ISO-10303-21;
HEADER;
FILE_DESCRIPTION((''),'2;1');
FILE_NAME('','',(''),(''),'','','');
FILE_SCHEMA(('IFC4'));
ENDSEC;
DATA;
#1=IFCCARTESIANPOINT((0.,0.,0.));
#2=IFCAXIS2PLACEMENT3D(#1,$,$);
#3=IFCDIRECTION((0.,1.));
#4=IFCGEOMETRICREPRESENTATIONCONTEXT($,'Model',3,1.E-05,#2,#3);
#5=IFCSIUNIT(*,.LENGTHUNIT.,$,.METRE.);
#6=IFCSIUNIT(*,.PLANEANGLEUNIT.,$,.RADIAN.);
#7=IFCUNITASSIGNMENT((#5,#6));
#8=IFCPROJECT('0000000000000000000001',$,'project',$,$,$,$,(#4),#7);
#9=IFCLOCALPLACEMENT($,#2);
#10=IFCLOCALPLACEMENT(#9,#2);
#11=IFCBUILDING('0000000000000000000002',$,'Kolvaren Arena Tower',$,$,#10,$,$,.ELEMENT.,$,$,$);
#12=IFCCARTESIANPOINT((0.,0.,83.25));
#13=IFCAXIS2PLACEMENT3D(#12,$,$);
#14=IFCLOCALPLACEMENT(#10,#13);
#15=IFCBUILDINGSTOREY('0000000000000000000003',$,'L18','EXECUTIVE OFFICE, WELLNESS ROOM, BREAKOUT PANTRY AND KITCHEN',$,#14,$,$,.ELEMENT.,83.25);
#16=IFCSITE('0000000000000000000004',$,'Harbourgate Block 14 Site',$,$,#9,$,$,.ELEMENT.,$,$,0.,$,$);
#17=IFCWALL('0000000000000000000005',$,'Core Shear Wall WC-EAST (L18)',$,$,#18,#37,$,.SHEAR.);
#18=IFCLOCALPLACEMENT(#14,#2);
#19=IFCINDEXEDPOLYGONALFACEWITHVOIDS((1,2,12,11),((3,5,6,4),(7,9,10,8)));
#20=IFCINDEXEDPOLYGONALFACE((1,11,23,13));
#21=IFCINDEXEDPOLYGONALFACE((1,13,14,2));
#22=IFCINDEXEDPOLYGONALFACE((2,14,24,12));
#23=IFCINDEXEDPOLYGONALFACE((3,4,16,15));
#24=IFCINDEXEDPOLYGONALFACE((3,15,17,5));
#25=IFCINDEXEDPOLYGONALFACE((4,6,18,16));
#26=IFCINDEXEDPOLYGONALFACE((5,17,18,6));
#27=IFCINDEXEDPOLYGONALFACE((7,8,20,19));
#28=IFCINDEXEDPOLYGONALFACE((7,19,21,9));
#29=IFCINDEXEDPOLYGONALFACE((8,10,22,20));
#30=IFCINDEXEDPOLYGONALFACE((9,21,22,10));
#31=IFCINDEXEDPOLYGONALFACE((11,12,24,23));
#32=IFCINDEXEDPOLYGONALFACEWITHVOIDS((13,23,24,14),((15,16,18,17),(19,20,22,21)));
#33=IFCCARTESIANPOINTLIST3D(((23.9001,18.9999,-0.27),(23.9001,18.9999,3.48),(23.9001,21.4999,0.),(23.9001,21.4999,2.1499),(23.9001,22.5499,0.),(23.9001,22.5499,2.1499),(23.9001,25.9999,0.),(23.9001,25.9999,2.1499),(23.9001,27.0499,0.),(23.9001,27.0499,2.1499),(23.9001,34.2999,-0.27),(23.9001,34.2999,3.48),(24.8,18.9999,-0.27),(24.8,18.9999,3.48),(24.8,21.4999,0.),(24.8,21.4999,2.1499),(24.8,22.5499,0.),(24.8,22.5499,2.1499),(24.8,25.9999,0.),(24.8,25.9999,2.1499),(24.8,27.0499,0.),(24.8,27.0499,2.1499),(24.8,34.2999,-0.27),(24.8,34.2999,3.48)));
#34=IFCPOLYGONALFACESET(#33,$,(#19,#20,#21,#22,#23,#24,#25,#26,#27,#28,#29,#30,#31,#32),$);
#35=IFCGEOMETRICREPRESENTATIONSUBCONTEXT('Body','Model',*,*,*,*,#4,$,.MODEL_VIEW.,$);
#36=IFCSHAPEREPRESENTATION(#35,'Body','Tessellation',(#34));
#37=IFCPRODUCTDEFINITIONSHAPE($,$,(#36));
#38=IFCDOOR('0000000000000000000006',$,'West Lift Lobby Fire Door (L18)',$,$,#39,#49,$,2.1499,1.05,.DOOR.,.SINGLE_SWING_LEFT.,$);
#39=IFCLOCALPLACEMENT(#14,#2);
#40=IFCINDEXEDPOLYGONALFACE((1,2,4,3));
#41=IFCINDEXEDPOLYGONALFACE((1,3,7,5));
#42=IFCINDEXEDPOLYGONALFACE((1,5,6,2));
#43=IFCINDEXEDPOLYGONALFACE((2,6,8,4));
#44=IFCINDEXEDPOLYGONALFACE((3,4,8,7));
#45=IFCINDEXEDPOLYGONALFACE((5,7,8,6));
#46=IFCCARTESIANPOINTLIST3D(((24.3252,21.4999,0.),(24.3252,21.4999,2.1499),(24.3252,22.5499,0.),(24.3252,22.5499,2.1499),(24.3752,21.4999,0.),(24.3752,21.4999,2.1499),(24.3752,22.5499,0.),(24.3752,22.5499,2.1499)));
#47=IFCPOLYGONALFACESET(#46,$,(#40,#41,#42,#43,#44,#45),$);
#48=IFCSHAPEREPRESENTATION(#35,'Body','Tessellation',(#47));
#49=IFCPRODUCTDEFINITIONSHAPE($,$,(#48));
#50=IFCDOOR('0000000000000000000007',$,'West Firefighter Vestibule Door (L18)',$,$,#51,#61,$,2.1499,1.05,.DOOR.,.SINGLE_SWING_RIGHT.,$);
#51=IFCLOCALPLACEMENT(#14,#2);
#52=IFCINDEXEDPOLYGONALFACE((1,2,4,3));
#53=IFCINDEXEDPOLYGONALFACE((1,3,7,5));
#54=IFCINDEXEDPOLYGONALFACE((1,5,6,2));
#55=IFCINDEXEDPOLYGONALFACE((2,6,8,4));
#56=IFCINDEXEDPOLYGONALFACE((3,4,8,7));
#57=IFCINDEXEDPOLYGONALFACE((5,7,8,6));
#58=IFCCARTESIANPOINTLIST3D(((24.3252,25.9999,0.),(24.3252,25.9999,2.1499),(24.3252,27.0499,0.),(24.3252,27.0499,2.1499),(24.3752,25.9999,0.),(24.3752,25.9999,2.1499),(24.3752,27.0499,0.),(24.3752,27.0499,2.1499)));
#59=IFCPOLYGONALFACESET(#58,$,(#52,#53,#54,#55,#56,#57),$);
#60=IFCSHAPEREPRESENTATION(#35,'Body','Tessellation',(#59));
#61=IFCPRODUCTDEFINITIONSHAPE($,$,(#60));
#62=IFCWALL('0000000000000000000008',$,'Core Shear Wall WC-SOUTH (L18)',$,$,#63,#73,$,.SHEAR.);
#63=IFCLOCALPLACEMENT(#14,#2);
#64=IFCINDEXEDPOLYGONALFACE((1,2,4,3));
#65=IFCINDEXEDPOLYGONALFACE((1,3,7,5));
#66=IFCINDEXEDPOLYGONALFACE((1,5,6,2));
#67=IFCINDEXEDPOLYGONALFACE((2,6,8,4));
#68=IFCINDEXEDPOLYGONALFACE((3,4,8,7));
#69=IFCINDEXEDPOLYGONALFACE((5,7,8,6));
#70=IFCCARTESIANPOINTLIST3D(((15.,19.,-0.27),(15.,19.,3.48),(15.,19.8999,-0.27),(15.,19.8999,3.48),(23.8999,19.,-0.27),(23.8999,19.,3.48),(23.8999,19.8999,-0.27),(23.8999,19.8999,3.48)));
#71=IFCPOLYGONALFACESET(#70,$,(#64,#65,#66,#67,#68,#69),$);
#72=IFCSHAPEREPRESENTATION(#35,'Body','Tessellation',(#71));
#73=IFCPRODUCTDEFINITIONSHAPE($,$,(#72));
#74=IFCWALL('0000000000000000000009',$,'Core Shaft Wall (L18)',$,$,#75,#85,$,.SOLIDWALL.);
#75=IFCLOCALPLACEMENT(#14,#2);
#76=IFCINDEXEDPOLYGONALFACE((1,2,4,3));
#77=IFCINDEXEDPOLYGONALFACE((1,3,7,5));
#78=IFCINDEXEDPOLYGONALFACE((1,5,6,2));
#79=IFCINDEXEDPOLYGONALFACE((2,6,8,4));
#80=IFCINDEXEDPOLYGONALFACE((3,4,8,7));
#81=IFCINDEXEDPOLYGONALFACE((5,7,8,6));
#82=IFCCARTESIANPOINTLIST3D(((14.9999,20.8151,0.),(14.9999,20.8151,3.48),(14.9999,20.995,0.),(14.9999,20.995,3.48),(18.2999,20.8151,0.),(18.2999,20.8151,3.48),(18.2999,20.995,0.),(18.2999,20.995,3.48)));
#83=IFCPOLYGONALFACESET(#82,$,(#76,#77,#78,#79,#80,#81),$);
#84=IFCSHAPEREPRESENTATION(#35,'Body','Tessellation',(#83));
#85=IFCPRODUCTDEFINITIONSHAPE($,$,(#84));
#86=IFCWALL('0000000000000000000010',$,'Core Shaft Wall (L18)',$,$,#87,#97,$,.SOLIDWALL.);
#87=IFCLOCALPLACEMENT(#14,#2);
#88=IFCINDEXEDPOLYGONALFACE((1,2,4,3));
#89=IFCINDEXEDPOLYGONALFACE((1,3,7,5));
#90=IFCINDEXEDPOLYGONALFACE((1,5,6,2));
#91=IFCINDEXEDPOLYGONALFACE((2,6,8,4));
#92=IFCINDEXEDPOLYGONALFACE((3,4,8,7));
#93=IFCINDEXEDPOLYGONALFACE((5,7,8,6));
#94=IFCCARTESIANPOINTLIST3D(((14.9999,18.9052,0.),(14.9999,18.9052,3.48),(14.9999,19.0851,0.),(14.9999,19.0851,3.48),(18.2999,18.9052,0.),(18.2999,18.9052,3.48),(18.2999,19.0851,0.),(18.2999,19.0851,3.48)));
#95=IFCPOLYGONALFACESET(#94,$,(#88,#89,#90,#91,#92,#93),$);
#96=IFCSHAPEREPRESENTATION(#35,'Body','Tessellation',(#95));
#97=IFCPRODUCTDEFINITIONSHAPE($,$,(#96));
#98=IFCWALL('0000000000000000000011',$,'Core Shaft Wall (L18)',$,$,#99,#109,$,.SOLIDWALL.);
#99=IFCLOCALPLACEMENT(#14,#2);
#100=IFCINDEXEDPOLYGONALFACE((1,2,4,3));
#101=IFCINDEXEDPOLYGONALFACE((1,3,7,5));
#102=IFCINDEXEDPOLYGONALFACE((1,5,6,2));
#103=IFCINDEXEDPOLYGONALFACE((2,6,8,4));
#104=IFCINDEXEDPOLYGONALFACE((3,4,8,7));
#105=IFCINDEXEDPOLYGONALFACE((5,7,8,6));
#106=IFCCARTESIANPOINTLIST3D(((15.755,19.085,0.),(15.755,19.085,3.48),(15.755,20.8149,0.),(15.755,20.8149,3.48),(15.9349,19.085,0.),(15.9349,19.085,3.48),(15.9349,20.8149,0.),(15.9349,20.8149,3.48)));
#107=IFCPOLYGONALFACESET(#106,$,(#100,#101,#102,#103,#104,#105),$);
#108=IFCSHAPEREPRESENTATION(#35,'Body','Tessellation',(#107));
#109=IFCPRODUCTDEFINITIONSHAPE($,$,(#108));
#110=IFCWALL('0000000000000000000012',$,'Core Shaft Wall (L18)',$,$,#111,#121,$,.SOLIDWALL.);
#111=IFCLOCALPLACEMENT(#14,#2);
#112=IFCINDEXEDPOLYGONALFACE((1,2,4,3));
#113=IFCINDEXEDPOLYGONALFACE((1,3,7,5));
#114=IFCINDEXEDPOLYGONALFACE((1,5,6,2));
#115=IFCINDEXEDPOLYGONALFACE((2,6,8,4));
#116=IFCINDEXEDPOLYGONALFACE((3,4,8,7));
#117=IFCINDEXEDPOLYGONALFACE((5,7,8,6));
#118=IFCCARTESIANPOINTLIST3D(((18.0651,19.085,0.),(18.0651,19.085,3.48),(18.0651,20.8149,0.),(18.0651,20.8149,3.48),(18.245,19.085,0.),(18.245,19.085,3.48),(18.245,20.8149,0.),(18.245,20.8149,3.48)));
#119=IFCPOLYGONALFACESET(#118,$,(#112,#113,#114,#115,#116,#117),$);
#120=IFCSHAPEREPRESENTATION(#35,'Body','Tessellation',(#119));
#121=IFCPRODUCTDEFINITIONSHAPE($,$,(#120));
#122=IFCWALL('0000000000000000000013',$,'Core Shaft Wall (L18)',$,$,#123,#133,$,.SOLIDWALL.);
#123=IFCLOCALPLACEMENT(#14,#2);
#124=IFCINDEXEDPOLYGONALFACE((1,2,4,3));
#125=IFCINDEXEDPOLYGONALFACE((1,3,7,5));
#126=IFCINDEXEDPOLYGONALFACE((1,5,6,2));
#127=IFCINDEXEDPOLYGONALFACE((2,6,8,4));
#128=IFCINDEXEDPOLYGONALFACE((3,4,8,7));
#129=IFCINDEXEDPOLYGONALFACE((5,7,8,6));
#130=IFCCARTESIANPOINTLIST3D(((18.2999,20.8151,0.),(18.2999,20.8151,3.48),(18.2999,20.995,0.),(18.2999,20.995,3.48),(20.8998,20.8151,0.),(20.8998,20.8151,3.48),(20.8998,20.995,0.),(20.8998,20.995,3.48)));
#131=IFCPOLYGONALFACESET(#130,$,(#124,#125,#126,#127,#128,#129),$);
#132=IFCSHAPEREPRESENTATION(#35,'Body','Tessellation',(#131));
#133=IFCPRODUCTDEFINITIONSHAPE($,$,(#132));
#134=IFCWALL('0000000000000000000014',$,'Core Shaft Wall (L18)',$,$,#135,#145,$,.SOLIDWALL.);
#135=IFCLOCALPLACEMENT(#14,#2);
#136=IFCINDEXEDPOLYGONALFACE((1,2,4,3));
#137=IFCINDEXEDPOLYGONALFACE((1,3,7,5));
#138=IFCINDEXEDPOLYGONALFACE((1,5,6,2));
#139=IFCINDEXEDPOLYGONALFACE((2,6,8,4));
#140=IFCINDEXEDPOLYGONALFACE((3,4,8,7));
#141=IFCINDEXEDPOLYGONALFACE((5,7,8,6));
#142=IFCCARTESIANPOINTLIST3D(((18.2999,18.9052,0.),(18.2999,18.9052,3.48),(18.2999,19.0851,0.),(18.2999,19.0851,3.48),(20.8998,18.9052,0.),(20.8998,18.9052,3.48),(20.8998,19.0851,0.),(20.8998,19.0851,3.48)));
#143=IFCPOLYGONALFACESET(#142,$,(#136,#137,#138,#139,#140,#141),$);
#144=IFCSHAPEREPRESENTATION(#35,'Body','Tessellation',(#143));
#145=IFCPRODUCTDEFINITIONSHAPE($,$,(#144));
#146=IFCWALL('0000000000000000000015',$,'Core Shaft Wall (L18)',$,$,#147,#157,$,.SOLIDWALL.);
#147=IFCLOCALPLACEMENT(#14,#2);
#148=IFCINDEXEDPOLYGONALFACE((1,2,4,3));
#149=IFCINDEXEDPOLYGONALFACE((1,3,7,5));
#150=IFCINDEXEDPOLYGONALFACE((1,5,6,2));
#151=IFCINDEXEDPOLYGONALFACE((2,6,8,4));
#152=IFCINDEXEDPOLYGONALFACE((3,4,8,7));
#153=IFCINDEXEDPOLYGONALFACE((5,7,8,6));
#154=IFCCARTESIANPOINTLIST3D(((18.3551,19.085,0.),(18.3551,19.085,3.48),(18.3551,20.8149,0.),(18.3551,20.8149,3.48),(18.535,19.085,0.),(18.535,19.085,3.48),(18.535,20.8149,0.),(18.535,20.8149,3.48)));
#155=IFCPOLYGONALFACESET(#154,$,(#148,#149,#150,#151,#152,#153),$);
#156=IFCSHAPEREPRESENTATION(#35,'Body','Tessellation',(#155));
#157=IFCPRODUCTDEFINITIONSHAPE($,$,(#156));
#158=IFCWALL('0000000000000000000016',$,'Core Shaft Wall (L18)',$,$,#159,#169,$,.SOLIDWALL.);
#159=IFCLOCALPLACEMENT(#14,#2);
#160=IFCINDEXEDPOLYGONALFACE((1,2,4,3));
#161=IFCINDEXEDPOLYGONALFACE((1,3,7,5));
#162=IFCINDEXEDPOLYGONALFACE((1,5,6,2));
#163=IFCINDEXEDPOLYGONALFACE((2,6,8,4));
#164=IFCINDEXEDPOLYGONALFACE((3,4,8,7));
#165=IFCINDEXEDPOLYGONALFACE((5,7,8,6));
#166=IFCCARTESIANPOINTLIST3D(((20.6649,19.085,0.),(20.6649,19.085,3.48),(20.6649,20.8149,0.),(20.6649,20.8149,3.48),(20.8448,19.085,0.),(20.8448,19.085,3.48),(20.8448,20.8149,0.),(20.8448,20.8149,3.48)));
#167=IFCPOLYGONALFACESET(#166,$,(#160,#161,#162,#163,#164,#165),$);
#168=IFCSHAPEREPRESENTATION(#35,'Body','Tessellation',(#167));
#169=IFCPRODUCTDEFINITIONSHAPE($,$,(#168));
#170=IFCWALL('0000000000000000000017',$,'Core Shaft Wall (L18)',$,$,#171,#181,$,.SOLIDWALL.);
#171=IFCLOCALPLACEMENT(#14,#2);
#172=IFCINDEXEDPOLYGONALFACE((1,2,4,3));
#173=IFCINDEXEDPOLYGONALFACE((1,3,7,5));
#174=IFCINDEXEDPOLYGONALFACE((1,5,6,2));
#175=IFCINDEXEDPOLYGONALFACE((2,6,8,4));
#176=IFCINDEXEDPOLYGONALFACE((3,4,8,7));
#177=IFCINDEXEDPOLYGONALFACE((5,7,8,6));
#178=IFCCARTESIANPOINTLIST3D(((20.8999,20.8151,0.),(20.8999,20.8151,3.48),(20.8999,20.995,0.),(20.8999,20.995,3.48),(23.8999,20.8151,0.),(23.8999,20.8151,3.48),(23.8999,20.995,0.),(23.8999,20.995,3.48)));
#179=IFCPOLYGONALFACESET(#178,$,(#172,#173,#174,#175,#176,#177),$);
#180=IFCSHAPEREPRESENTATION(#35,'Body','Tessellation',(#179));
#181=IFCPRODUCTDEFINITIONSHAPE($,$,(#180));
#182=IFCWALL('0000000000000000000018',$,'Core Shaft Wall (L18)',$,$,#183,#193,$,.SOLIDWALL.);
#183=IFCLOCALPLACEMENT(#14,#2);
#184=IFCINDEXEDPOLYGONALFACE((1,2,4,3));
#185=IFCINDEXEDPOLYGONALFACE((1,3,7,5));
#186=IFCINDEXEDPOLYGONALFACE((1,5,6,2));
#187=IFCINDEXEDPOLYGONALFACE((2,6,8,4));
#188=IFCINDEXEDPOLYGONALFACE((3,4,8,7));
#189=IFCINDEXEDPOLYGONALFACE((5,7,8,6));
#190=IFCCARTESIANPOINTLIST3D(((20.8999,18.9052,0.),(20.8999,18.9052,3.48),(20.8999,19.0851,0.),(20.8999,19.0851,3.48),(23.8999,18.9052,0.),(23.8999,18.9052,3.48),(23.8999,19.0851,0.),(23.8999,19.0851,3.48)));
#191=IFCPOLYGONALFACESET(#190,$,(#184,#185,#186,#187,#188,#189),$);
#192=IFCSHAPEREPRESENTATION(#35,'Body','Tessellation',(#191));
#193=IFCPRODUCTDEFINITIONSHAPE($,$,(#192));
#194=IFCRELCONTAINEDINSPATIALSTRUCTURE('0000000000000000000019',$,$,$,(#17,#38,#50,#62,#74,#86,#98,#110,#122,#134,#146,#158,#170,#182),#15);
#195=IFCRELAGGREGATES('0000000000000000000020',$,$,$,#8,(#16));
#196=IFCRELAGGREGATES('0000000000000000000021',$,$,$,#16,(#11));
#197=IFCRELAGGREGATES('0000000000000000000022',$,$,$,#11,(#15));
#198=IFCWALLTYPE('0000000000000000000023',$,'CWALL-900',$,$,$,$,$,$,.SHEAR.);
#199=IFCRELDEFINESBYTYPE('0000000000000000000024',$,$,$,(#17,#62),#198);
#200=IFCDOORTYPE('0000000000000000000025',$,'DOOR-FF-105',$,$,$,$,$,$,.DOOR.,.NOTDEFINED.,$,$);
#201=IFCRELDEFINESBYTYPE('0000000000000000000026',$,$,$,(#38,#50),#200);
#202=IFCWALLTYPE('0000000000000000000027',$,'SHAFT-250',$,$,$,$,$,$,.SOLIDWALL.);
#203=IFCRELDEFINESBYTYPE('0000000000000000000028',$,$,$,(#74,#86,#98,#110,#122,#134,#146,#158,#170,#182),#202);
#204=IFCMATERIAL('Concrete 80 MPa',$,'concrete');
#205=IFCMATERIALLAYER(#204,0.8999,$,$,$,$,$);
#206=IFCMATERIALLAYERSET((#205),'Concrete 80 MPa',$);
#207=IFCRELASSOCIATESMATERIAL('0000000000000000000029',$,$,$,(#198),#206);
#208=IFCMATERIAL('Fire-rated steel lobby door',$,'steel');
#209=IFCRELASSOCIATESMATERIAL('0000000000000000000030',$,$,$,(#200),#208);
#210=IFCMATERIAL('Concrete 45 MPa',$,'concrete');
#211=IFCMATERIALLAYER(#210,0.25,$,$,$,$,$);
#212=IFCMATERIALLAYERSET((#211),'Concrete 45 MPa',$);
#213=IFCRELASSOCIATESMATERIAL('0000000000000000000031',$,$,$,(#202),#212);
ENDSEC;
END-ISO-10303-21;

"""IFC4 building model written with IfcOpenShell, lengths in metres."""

from ifc_helpers import new_model, si_unit, direction, frame, frame_2d, origin, place, context, subcontext, project, spatial, rectangle, extrude, material, layer, layer_set, type_object, element, fill, save


model = new_model("IFC4")

# Units and contexts
model_context = context("Model", 3, precision=1e-05, world=origin(), true_north=direction((0.0, 1.0)))
body_context = subcontext(model_context, "Body", "Model", "MODEL_VIEW")
ifc_project = project(units=[si_unit("LENGTHUNIT", "METRE"), si_unit("PLANEANGLEUNIT", "RADIAN")], contexts=[model_context])

# Site, building, storey
site_placement = place(None, origin())
site = spatial("IfcSite", under=ifc_project, at=site_placement, Name="Harbourgate Block 14 Site", CompositionType="ELEMENT", RefElevation=0.0)
building_placement = place(site_placement, origin())
building = spatial("IfcBuilding", under=site, at=building_placement, Name="Kolvaren Arena Tower", CompositionType="ELEMENT")
storey_placement = place(building_placement, frame((0.0, 0.0, 83.25)))
storey = spatial("IfcBuildingStorey", under=building, at=storey_placement, Name="L18", Description="EXECUTIVE OFFICE, WELLNESS ROOM, BREAKOUT PANTRY AND KITCHEN", CompositionType="ELEMENT", Elevation=83.25)

# Wall, openings, doors
ifc_material_1 = material(Name="Concrete 80 MPa", Category="concrete")
ifc_layer_1 = layer(ifc_material_1, 0.8999)
ifc_layer_set_1 = layer_set([ifc_layer_1], Name="Concrete 80 MPa")
wall_type_1 = type_object("IfcWallType", Name="CWALL-900", PredefinedType="SHEAR", material=ifc_layer_set_1)
wall_1_placement = place(storey_placement, frame((24.3501, 19.0, -0.27), z_axis=(0.0, 0.0, 1.0), x_axis=(0.0, 1.0, 0.0)))
wall_1 = element("IfcWall", 1, at=wall_1_placement, inside=storey, type_object=wall_type_1, Name="Core Shear Wall WC-EAST (L18)", PredefinedType="SHEAR", context=body_context, shape_type="SweptSolid", body=[
    extrude(rectangle(XDim=15.3, YDim=0.8999, at=frame_2d((7.6499, 0.0))), origin(), (0.0, 0.0, 1.0), 3.75),
])
opening_1_placement = place(wall_1_placement, frame((2.5, 0.0, 0.27)))
opening_1 = element("IfcOpeningElement", 2, at=opening_1_placement, cuts=wall_1, PredefinedType="OPENING", context=body_context, shape_type="SweptSolid", body=[
    extrude(rectangle(XDim=1.05, YDim=2.1499, at=frame_2d((0.5249, 1.075))), frame((0.0, 0.46, 0.0), z_axis=(0.0, -1.0, 0.0), x_axis=(1.0, 0.0, 0.0)), (0.0, 0.0, 1.0), 0.9199),
])
opening_2_placement = place(wall_1_placement, frame((7.0, 0.0, 0.27)))
opening_2 = element("IfcOpeningElement", 3, at=opening_2_placement, cuts=wall_1, PredefinedType="OPENING", context=body_context, shape_type="SweptSolid", body=[
    extrude(rectangle(XDim=1.05, YDim=2.1499, at=frame_2d((0.5249, 1.075))), frame((0.0, 0.46, 0.0), z_axis=(0.0, -1.0, 0.0), x_axis=(1.0, 0.0, 0.0)), (0.0, 0.0, 1.0), 0.9199),
])
ifc_material_2 = material(Name="Fire-rated steel lobby door", Category="steel")
door_type = type_object("IfcDoorType", Name="DOOR-FF-105", OperationType="NOTDEFINED", PredefinedType="DOOR", material=ifc_material_2)
door_1_placement = place(opening_1_placement, origin())
door_1 = element("IfcDoor", 4, at=door_1_placement, inside=storey, type_object=door_type, Name="West Lift Lobby Fire Door (L18)", OperationType="SINGLE_SWING_LEFT", OverallHeight=2.1499, OverallWidth=1.05, PredefinedType="DOOR", context=body_context, shape_type="SweptSolid", body=[
    extrude(rectangle(XDim=1.05, YDim=2.1499, at=frame_2d((0.5249, 1.075))), frame((0.0, 0.0249, 0.0), z_axis=(0.0, -1.0, 0.0), x_axis=(1.0, 0.0, 0.0)), (0.0, 0.0, 1.0), 0.05),
])
fill(opening_1, door_1)
door_2_placement = place(opening_2_placement, origin())
door_2 = element("IfcDoor", 5, at=door_2_placement, inside=storey, type_object=door_type, Name="West Firefighter Vestibule Door (L18)", OperationType="SINGLE_SWING_RIGHT", OverallHeight=2.1499, OverallWidth=1.05, PredefinedType="DOOR", context=body_context, shape_type="SweptSolid", body=[
    extrude(rectangle(XDim=1.05, YDim=2.1499, at=frame_2d((0.5249, 1.075))), frame((0.0, 0.0249, 0.0), z_axis=(0.0, -1.0, 0.0), x_axis=(1.0, 0.0, 0.0)), (0.0, 0.0, 1.0), 0.05),
])
fill(opening_2, door_2)

# Walls
wall_2_placement = place(storey_placement, frame((15.0, 19.45, -0.27), z_axis=(0.0, 0.0, 1.0), x_axis=(1.0, 0.0, 0.0)))
element("IfcWall", 6, at=wall_2_placement, inside=storey, type_object=wall_type_1, Name="Core Shear Wall WC-SOUTH (L18)", PredefinedType="SHEAR", context=body_context, shape_type="SweptSolid", body=[
    extrude(rectangle(XDim=8.8999, YDim=0.8999, at=frame_2d((4.45, 0.0))), origin(), (0.0, 0.0, 1.0), 3.75),
])
ifc_material_3 = material(Name="Concrete 45 MPa", Category="concrete")
ifc_layer_2 = layer(ifc_material_3, 0.25)
ifc_layer_set_2 = layer_set([ifc_layer_2], Name="Concrete 45 MPa")
wall_type_2 = type_object("IfcWallType", Name="SHAFT-250", PredefinedType="SOLIDWALL", material=ifc_layer_set_2)
for number, where, z_axis, x_axis, name in (
    (7, (15.0, 20.905, 0.0), (0.0, 0.0, 1.0), (1.0, 0.0, 0.0), "Core Shaft Wall (L18)"),
    (8, (15.0, 18.9951, 0.0), (0.0, 0.0, 1.0), (1.0, 0.0, 0.0), "Core Shaft Wall (L18)"),
):
    element("IfcWall", number, at=place(storey_placement, frame(where, z_axis=z_axis, x_axis=x_axis)), inside=storey, type_object=wall_type_2, Name=name, PredefinedType="SOLIDWALL", context=body_context, shape_type="SweptSolid", body=[
        extrude(rectangle(XDim=3.3, YDim=0.1799, at=frame_2d((1.6499, 0.0))), origin(), (0.0, 0.0, 1.0), 3.48),
    ])
for number, where, z_axis, x_axis, name in (
    (9, (15.845, 19.085, 0.0), (0.0, 0.0, 1.0), (0.0, 1.0, 0.0), "Core Shaft Wall (L18)"),
    (10, (18.155, 19.085, 0.0), (0.0, 0.0, 1.0), (0.0, 1.0, 0.0), "Core Shaft Wall (L18)"),
):
    element("IfcWall", number, at=place(storey_placement, frame(where, z_axis=z_axis, x_axis=x_axis)), inside=storey, type_object=wall_type_2, Name=name, PredefinedType="SOLIDWALL", context=body_context, shape_type="SweptSolid", body=[
        extrude(rectangle(XDim=1.73, YDim=0.1799, at=frame_2d((0.865, 0.0))), origin(), (0.0, 0.0, 1.0), 3.48),
    ])
for number, where, z_axis, x_axis, name in (
    (11, (18.3, 20.905, 0.0), (0.0, 0.0, 1.0), (1.0, 0.0, 0.0), "Core Shaft Wall (L18)"),
    (12, (18.3, 18.9951, 0.0), (0.0, 0.0, 1.0), (1.0, 0.0, 0.0), "Core Shaft Wall (L18)"),
):
    element("IfcWall", number, at=place(storey_placement, frame(where, z_axis=z_axis, x_axis=x_axis)), inside=storey, type_object=wall_type_2, Name=name, PredefinedType="SOLIDWALL", context=body_context, shape_type="SweptSolid", body=[
        extrude(rectangle(XDim=2.5999, YDim=0.1799, at=frame_2d((1.2998, 0.0))), origin(), (0.0, 0.0, 1.0), 3.48),
    ])
for number, where, z_axis, x_axis, name in (
    (13, (18.4451, 19.085, 0.0), (0.0, 0.0, 1.0), (0.0, 1.0, 0.0), "Core Shaft Wall (L18)"),
    (14, (20.7549, 19.085, 0.0), (0.0, 0.0, 1.0), (0.0, 1.0, 0.0), "Core Shaft Wall (L18)"),
):
    element("IfcWall", number, at=place(storey_placement, frame(where, z_axis=z_axis, x_axis=x_axis)), inside=storey, type_object=wall_type_2, Name=name, PredefinedType="SOLIDWALL", context=body_context, shape_type="SweptSolid", body=[
        extrude(rectangle(XDim=1.73, YDim=0.1799, at=frame_2d((0.865, 0.0))), origin(), (0.0, 0.0, 1.0), 3.48),
    ])
for number, where, z_axis, x_axis, name in (
    (15, (20.8999, 20.905, 0.0), (0.0, 0.0, 1.0), (1.0, 0.0, 0.0), "Core Shaft Wall (L18)"),
    (16, (20.8999, 18.9951, 0.0), (0.0, 0.0, 1.0), (1.0, 0.0, 0.0), "Core Shaft Wall (L18)"),
):
    element("IfcWall", number, at=place(storey_placement, frame(where, z_axis=z_axis, x_axis=x_axis)), inside=storey, type_object=wall_type_2, Name=name, PredefinedType="SOLIDWALL", context=body_context, shape_type="SweptSolid", body=[
        extrude(rectangle(XDim=3.0, YDim=0.1799, at=frame_2d((1.5, 0.0))), origin(), (0.0, 0.0, 1.0), 3.48),
    ])

save(model, "model.ifc")
